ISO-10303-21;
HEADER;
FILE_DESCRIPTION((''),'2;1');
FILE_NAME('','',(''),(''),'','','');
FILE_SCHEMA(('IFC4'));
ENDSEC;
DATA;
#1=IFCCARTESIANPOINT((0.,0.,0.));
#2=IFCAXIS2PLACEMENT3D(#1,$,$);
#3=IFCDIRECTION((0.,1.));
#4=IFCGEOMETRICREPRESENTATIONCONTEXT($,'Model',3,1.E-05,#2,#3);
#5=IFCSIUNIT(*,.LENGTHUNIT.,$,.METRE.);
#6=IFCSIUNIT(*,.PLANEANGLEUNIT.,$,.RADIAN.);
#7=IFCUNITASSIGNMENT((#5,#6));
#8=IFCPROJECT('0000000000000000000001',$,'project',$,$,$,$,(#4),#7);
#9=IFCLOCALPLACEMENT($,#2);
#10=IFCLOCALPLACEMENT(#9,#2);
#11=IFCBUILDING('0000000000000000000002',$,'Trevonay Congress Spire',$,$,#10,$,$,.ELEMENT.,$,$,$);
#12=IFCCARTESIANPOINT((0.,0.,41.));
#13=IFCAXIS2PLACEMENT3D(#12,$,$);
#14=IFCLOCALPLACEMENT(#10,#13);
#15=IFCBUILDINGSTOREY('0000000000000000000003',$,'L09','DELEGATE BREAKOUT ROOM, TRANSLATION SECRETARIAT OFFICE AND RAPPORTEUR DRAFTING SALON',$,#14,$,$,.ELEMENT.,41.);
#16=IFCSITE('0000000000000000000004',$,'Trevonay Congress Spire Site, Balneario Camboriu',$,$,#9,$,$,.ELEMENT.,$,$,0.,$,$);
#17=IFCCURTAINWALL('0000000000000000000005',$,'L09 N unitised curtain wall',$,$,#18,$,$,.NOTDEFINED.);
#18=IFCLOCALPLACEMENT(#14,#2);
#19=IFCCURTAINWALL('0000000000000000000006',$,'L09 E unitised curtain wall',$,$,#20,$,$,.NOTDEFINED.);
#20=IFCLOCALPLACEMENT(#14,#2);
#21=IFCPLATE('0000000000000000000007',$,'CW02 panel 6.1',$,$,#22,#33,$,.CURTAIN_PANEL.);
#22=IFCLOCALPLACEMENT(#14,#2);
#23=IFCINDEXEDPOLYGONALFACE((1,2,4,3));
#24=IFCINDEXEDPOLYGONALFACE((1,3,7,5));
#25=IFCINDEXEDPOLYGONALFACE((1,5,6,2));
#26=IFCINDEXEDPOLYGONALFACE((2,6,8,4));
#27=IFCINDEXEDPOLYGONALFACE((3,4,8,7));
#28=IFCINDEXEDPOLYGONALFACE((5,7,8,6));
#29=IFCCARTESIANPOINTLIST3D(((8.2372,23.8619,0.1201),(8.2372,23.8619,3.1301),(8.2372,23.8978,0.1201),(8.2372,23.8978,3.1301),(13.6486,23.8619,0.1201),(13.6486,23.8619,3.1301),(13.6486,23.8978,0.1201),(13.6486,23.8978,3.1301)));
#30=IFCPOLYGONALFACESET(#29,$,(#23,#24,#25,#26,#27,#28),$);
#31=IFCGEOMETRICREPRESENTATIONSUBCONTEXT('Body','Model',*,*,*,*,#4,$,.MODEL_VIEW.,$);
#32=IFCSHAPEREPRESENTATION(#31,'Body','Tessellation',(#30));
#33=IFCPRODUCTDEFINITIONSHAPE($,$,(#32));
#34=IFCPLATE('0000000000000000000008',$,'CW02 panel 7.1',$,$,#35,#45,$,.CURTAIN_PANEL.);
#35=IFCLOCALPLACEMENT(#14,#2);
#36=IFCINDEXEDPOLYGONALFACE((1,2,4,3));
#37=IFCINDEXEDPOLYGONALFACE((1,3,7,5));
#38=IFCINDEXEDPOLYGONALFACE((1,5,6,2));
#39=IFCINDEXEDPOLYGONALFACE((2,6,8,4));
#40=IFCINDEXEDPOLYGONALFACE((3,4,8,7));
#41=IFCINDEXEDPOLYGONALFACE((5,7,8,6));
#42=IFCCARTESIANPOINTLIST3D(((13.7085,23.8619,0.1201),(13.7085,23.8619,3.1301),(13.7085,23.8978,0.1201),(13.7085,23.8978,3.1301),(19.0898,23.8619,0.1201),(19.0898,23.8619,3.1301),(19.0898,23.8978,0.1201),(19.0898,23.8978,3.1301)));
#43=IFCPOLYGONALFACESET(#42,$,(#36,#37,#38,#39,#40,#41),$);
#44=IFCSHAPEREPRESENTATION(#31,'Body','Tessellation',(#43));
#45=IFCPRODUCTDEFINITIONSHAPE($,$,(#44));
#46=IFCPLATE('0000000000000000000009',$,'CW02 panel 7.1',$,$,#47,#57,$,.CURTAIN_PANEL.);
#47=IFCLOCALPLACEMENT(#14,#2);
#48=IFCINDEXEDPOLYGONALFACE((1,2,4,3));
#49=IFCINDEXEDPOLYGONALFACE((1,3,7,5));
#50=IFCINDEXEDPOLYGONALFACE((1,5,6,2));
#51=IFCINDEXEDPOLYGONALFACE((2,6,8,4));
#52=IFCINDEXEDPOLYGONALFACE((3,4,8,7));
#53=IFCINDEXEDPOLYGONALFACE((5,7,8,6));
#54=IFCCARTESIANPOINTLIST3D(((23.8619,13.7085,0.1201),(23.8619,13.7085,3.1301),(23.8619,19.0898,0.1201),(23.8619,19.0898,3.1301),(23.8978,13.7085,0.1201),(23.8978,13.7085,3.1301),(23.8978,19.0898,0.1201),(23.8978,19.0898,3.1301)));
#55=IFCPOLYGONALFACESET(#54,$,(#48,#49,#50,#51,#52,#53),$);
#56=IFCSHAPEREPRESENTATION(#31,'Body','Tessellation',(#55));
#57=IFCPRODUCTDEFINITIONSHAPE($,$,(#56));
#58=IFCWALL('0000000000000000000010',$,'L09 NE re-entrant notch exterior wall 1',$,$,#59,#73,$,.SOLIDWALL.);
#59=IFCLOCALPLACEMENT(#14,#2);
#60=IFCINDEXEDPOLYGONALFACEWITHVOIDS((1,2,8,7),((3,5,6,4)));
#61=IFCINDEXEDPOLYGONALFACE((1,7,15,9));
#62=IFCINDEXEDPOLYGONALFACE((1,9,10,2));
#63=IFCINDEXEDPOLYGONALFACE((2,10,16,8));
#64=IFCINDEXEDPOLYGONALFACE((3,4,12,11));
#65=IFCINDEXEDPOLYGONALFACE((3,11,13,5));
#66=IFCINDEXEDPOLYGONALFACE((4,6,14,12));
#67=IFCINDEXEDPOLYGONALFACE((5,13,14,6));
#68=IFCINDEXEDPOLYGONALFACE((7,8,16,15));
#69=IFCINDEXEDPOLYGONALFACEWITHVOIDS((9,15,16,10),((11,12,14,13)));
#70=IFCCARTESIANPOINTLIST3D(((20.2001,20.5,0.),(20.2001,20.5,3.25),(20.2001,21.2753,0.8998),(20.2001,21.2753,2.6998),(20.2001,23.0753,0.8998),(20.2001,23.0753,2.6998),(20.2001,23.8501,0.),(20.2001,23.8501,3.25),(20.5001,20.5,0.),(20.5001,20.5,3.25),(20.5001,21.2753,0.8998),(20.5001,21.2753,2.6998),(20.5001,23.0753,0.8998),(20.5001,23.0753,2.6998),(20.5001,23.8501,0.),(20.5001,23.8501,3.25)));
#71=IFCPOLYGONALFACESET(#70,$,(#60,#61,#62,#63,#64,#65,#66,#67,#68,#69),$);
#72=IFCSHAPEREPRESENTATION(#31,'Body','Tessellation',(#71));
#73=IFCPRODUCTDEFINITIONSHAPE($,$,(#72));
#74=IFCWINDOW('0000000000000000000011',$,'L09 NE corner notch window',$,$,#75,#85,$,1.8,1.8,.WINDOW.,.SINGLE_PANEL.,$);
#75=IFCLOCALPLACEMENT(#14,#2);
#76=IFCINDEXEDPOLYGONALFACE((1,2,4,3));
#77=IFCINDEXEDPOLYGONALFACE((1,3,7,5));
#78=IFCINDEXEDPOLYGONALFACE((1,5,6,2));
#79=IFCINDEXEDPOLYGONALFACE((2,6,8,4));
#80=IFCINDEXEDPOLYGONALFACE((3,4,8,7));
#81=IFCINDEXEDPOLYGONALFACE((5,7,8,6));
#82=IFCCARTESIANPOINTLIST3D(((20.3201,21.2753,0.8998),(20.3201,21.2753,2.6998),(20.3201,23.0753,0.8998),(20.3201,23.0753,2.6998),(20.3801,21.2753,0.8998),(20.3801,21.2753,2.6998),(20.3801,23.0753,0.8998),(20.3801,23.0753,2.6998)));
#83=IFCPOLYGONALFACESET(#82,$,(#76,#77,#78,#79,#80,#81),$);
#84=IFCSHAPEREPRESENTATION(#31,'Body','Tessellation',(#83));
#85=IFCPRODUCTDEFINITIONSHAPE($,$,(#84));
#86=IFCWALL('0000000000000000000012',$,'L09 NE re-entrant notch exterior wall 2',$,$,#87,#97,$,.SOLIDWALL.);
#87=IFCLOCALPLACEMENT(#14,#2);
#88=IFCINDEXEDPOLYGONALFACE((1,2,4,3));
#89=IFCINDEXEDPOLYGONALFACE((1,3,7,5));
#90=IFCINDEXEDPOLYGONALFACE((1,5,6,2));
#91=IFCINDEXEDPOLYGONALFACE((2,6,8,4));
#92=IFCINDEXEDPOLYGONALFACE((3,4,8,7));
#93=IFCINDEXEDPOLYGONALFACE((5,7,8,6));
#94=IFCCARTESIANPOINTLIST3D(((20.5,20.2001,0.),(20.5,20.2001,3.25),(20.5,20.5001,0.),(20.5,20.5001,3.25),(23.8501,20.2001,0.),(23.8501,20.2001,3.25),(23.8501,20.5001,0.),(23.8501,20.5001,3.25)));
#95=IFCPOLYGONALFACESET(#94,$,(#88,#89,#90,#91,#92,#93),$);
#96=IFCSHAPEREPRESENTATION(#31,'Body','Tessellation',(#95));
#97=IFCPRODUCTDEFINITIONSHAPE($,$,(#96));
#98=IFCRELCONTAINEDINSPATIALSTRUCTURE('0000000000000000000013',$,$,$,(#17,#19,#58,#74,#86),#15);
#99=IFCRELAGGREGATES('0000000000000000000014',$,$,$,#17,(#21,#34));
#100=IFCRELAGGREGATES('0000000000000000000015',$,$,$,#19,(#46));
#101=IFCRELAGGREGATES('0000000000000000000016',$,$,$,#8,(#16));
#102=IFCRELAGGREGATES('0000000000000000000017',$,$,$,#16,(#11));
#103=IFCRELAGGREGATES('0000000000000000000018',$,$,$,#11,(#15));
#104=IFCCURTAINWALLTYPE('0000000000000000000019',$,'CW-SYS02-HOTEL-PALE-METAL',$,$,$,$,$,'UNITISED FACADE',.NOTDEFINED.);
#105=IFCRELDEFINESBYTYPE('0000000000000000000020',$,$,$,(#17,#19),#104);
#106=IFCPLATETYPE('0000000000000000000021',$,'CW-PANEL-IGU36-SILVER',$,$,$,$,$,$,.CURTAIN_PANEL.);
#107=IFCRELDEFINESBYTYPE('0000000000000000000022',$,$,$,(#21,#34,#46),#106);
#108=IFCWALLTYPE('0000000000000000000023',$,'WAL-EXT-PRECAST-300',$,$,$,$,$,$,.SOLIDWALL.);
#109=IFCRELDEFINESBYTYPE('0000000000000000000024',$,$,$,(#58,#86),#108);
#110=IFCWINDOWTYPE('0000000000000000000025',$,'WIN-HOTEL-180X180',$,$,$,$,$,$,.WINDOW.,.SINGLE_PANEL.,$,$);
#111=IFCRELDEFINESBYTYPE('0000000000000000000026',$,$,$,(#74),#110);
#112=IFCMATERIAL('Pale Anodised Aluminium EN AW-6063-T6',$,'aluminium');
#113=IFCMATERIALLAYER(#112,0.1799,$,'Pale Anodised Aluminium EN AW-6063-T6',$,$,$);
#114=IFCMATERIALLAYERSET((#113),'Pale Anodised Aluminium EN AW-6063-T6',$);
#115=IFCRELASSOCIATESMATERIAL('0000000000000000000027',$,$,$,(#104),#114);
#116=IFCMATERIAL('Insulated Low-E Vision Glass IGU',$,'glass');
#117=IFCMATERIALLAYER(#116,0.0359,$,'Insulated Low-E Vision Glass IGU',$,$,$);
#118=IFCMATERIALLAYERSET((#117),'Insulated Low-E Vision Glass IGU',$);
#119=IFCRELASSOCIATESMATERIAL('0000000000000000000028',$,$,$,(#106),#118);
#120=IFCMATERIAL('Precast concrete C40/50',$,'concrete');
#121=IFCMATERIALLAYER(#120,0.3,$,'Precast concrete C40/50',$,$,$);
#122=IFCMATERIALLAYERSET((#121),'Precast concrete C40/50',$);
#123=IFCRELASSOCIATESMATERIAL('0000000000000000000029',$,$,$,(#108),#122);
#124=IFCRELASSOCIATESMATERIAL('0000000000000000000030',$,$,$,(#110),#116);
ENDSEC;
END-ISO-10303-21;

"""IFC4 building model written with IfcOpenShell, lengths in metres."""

from ifc_helpers import new_model, si_unit, direction, frame, frame_2d, origin, origin_2d, place, context, subcontext, project, spatial, rectangle, extrude, material, layer, layer_set, type_object, element, fill, aggregate, save


model = new_model("IFC4")

# Units and contexts
model_context = context("Model", 3, precision=1e-05, world=origin(), true_north=direction((0.0, 1.0)))
body_context = subcontext(model_context, "Body", "Model", "MODEL_VIEW")
ifc_project = project(units=[si_unit("LENGTHUNIT", "METRE"), si_unit("PLANEANGLEUNIT", "RADIAN")], contexts=[model_context])

# Site, building, storey
site_placement = place(None, origin())
site = spatial("IfcSite", under=ifc_project, at=site_placement, Name="Trevonay Congress Spire Site, Balneario Camboriu", CompositionType="ELEMENT", RefElevation=0.0)
building_placement = place(site_placement, origin())
building = spatial("IfcBuilding", under=site, at=building_placement, Name="Trevonay Congress Spire", CompositionType="ELEMENT")
storey_placement = place(building_placement, frame((0.0, 0.0, 41.0)))
storey = spatial("IfcBuildingStorey", under=building, at=storey_placement, Name="L09", Description="DELEGATE BREAKOUT ROOM, TRANSLATION SECRETARIAT OFFICE AND RAPPORTEUR DRAFTING SALON", CompositionType="ELEMENT", Elevation=41.0)

# Curtain wall
ifc_material_1 = material(Name="Pale Anodised Aluminium EN AW-6063-T6", Category="aluminium")
ifc_layer_1 = layer(ifc_material_1, 0.1799, Name="Pale Anodised Aluminium EN AW-6063-T6")
ifc_layer_set_1 = layer_set([ifc_layer_1], Name="Pale Anodised Aluminium EN AW-6063-T6")
curtain_wall_type = type_object("IfcCurtainWallType", Name="CW-SYS02-HOTEL-PALE-METAL", ElementType="UNITISED FACADE", PredefinedType="NOTDEFINED", material=ifc_layer_set_1)
curtain_wall_1_placement = place(storey_placement, origin())
curtain_wall_1 = element("IfcCurtainWall", 1, at=curtain_wall_1_placement, inside=storey, type_object=curtain_wall_type, Name="L09 N unitised curtain wall", PredefinedType="NOTDEFINED")

# Curtain wall
curtain_wall_2_placement = place(storey_placement, origin())
curtain_wall_2 = element("IfcCurtainWall", 2, at=curtain_wall_2_placement, inside=storey, type_object=curtain_wall_type, Name="L09 E unitised curtain wall", PredefinedType="NOTDEFINED")

# Plates
ifc_material_2 = material(Name="Insulated Low-E Vision Glass IGU", Category="glass")
ifc_layer_2 = layer(ifc_material_2, 0.0359, Name="Insulated Low-E Vision Glass IGU")
ifc_layer_set_2 = layer_set([ifc_layer_2], Name="Insulated Low-E Vision Glass IGU")
plate_type = type_object("IfcPlateType", Name="CW-PANEL-IGU36-SILVER", PredefinedType="CURTAIN_PANEL", material=ifc_layer_set_2)
plate_1_placement = place(storey_placement, frame((10.9429, 23.8799, 0.1201), z_axis=(0.0, 0.0, 1.0), x_axis=(1.0, 0.0, 0.0)))
plate_1 = element("IfcPlate", 3, at=plate_1_placement, type_object=plate_type, Name="CW02 panel 6.1", PredefinedType="CURTAIN_PANEL", context=body_context, shape_type="SweptSolid", body=[
    extrude(rectangle(XDim=5.4114, YDim=0.0359, at=origin_2d()), origin(), (0.0, 0.0, 1.0), 3.01),
])
plate_2_placement = place(storey_placement, frame((16.3992, 23.8799, 0.1201), z_axis=(0.0, 0.0, 1.0), x_axis=(1.0, 0.0, 0.0)))
plate_2 = element("IfcPlate", 4, at=plate_2_placement, type_object=plate_type, Name="CW02 panel 7.1", PredefinedType="CURTAIN_PANEL", context=body_context, shape_type="SweptSolid", body=[
    extrude(rectangle(XDim=5.3813, YDim=0.0359, at=origin_2d()), origin(), (0.0, 0.0, 1.0), 3.01),
])
aggregate(curtain_wall_1, [plate_1, plate_2])
plate_3_placement = place(storey_placement, frame((23.8799, 16.3992, 0.1201), z_axis=(0.0, 0.0, 1.0), x_axis=(0.0, 1.0, 0.0)))
plate_3 = element("IfcPlate", 5, at=plate_3_placement, type_object=plate_type, Name="CW02 panel 7.1", PredefinedType="CURTAIN_PANEL", context=body_context, shape_type="SweptSolid", body=[
    extrude(rectangle(XDim=5.3813, YDim=0.0359, at=origin_2d()), origin(), (0.0, 0.0, 1.0), 3.01),
])
aggregate(curtain_wall_2, [plate_3])

# Wall, opening, window
ifc_material_3 = material(Name="Precast concrete C40/50", Category="concrete")
ifc_layer_3 = layer(ifc_material_3, 0.3, Name="Precast concrete C40/50")
ifc_layer_set_3 = layer_set([ifc_layer_3], Name="Precast concrete C40/50")
wall_type = type_object("IfcWallType", Name="WAL-EXT-PRECAST-300", PredefinedType="SOLIDWALL", material=ifc_layer_set_3)
wall_1_placement = place(storey_placement, frame((20.3501, 23.8501, 0.0), z_axis=(0.0, 0.0, 1.0), x_axis=(0.0, -1.0, 0.0)))
wall_1 = element("IfcWall", 6, at=wall_1_placement, inside=storey, type_object=wall_type, Name="L09 NE re-entrant notch exterior wall 1", PredefinedType="SOLIDWALL", context=body_context, shape_type="SweptSolid", body=[
    extrude(rectangle(XDim=3.3501, YDim=0.3, at=frame_2d((1.675, 0.0))), origin(), (0.0, 0.0, 1.0), 3.25),
])
opening_placement = place(wall_1_placement, frame((0.7749, 0.0, 0.8999)))
opening = element("IfcOpeningElement", 7, at=opening_placement, cuts=wall_1, PredefinedType="OPENING", context=body_context, shape_type="SweptSolid", body=[
    extrude(rectangle(XDim=1.8, YDim=1.8, at=frame_2d((0.8999, 0.8999))), frame((0.0, 0.1602, 0.0), z_axis=(0.0, -1.0, 0.0), x_axis=(1.0, 0.0, 0.0)), (0.0, 0.0, 1.0), 0.3201),
])
window_type = type_object("IfcWindowType", Name="WIN-HOTEL-180X180", PartitioningType="SINGLE_PANEL", PredefinedType="WINDOW", material=ifc_material_2)
window_placement = place(opening_placement, origin())
window = element("IfcWindow", 8, at=window_placement, inside=storey, type_object=window_type, Name="L09 NE corner notch window", OverallHeight=1.8, OverallWidth=1.8, PartitioningType="SINGLE_PANEL", PredefinedType="WINDOW", context=body_context, shape_type="SweptSolid", body=[
    extrude(rectangle(XDim=1.8, YDim=1.8, at=frame_2d((0.8999, 0.8999))), frame((0.0, 0.03, 0.0), z_axis=(0.0, -1.0, 0.0), x_axis=(1.0, 0.0, 0.0)), (0.0, 0.0, 1.0), 0.0601),
])
fill(opening, window)

# Wall
wall_2_placement = place(storey_placement, frame((23.8501, 20.3501, 0.0), z_axis=(0.0, 0.0, 1.0), x_axis=(-1.0, 0.0, 0.0)))
element("IfcWall", 9, at=wall_2_placement, inside=storey, type_object=wall_type, Name="L09 NE re-entrant notch exterior wall 2", PredefinedType="SOLIDWALL", context=body_context, shape_type="SweptSolid", body=[
    extrude(rectangle(XDim=3.3501, YDim=0.3, at=frame_2d((1.675, 0.0))), origin(), (0.0, 0.0, 1.0), 3.25),
])

save(model, "model.ifc")
